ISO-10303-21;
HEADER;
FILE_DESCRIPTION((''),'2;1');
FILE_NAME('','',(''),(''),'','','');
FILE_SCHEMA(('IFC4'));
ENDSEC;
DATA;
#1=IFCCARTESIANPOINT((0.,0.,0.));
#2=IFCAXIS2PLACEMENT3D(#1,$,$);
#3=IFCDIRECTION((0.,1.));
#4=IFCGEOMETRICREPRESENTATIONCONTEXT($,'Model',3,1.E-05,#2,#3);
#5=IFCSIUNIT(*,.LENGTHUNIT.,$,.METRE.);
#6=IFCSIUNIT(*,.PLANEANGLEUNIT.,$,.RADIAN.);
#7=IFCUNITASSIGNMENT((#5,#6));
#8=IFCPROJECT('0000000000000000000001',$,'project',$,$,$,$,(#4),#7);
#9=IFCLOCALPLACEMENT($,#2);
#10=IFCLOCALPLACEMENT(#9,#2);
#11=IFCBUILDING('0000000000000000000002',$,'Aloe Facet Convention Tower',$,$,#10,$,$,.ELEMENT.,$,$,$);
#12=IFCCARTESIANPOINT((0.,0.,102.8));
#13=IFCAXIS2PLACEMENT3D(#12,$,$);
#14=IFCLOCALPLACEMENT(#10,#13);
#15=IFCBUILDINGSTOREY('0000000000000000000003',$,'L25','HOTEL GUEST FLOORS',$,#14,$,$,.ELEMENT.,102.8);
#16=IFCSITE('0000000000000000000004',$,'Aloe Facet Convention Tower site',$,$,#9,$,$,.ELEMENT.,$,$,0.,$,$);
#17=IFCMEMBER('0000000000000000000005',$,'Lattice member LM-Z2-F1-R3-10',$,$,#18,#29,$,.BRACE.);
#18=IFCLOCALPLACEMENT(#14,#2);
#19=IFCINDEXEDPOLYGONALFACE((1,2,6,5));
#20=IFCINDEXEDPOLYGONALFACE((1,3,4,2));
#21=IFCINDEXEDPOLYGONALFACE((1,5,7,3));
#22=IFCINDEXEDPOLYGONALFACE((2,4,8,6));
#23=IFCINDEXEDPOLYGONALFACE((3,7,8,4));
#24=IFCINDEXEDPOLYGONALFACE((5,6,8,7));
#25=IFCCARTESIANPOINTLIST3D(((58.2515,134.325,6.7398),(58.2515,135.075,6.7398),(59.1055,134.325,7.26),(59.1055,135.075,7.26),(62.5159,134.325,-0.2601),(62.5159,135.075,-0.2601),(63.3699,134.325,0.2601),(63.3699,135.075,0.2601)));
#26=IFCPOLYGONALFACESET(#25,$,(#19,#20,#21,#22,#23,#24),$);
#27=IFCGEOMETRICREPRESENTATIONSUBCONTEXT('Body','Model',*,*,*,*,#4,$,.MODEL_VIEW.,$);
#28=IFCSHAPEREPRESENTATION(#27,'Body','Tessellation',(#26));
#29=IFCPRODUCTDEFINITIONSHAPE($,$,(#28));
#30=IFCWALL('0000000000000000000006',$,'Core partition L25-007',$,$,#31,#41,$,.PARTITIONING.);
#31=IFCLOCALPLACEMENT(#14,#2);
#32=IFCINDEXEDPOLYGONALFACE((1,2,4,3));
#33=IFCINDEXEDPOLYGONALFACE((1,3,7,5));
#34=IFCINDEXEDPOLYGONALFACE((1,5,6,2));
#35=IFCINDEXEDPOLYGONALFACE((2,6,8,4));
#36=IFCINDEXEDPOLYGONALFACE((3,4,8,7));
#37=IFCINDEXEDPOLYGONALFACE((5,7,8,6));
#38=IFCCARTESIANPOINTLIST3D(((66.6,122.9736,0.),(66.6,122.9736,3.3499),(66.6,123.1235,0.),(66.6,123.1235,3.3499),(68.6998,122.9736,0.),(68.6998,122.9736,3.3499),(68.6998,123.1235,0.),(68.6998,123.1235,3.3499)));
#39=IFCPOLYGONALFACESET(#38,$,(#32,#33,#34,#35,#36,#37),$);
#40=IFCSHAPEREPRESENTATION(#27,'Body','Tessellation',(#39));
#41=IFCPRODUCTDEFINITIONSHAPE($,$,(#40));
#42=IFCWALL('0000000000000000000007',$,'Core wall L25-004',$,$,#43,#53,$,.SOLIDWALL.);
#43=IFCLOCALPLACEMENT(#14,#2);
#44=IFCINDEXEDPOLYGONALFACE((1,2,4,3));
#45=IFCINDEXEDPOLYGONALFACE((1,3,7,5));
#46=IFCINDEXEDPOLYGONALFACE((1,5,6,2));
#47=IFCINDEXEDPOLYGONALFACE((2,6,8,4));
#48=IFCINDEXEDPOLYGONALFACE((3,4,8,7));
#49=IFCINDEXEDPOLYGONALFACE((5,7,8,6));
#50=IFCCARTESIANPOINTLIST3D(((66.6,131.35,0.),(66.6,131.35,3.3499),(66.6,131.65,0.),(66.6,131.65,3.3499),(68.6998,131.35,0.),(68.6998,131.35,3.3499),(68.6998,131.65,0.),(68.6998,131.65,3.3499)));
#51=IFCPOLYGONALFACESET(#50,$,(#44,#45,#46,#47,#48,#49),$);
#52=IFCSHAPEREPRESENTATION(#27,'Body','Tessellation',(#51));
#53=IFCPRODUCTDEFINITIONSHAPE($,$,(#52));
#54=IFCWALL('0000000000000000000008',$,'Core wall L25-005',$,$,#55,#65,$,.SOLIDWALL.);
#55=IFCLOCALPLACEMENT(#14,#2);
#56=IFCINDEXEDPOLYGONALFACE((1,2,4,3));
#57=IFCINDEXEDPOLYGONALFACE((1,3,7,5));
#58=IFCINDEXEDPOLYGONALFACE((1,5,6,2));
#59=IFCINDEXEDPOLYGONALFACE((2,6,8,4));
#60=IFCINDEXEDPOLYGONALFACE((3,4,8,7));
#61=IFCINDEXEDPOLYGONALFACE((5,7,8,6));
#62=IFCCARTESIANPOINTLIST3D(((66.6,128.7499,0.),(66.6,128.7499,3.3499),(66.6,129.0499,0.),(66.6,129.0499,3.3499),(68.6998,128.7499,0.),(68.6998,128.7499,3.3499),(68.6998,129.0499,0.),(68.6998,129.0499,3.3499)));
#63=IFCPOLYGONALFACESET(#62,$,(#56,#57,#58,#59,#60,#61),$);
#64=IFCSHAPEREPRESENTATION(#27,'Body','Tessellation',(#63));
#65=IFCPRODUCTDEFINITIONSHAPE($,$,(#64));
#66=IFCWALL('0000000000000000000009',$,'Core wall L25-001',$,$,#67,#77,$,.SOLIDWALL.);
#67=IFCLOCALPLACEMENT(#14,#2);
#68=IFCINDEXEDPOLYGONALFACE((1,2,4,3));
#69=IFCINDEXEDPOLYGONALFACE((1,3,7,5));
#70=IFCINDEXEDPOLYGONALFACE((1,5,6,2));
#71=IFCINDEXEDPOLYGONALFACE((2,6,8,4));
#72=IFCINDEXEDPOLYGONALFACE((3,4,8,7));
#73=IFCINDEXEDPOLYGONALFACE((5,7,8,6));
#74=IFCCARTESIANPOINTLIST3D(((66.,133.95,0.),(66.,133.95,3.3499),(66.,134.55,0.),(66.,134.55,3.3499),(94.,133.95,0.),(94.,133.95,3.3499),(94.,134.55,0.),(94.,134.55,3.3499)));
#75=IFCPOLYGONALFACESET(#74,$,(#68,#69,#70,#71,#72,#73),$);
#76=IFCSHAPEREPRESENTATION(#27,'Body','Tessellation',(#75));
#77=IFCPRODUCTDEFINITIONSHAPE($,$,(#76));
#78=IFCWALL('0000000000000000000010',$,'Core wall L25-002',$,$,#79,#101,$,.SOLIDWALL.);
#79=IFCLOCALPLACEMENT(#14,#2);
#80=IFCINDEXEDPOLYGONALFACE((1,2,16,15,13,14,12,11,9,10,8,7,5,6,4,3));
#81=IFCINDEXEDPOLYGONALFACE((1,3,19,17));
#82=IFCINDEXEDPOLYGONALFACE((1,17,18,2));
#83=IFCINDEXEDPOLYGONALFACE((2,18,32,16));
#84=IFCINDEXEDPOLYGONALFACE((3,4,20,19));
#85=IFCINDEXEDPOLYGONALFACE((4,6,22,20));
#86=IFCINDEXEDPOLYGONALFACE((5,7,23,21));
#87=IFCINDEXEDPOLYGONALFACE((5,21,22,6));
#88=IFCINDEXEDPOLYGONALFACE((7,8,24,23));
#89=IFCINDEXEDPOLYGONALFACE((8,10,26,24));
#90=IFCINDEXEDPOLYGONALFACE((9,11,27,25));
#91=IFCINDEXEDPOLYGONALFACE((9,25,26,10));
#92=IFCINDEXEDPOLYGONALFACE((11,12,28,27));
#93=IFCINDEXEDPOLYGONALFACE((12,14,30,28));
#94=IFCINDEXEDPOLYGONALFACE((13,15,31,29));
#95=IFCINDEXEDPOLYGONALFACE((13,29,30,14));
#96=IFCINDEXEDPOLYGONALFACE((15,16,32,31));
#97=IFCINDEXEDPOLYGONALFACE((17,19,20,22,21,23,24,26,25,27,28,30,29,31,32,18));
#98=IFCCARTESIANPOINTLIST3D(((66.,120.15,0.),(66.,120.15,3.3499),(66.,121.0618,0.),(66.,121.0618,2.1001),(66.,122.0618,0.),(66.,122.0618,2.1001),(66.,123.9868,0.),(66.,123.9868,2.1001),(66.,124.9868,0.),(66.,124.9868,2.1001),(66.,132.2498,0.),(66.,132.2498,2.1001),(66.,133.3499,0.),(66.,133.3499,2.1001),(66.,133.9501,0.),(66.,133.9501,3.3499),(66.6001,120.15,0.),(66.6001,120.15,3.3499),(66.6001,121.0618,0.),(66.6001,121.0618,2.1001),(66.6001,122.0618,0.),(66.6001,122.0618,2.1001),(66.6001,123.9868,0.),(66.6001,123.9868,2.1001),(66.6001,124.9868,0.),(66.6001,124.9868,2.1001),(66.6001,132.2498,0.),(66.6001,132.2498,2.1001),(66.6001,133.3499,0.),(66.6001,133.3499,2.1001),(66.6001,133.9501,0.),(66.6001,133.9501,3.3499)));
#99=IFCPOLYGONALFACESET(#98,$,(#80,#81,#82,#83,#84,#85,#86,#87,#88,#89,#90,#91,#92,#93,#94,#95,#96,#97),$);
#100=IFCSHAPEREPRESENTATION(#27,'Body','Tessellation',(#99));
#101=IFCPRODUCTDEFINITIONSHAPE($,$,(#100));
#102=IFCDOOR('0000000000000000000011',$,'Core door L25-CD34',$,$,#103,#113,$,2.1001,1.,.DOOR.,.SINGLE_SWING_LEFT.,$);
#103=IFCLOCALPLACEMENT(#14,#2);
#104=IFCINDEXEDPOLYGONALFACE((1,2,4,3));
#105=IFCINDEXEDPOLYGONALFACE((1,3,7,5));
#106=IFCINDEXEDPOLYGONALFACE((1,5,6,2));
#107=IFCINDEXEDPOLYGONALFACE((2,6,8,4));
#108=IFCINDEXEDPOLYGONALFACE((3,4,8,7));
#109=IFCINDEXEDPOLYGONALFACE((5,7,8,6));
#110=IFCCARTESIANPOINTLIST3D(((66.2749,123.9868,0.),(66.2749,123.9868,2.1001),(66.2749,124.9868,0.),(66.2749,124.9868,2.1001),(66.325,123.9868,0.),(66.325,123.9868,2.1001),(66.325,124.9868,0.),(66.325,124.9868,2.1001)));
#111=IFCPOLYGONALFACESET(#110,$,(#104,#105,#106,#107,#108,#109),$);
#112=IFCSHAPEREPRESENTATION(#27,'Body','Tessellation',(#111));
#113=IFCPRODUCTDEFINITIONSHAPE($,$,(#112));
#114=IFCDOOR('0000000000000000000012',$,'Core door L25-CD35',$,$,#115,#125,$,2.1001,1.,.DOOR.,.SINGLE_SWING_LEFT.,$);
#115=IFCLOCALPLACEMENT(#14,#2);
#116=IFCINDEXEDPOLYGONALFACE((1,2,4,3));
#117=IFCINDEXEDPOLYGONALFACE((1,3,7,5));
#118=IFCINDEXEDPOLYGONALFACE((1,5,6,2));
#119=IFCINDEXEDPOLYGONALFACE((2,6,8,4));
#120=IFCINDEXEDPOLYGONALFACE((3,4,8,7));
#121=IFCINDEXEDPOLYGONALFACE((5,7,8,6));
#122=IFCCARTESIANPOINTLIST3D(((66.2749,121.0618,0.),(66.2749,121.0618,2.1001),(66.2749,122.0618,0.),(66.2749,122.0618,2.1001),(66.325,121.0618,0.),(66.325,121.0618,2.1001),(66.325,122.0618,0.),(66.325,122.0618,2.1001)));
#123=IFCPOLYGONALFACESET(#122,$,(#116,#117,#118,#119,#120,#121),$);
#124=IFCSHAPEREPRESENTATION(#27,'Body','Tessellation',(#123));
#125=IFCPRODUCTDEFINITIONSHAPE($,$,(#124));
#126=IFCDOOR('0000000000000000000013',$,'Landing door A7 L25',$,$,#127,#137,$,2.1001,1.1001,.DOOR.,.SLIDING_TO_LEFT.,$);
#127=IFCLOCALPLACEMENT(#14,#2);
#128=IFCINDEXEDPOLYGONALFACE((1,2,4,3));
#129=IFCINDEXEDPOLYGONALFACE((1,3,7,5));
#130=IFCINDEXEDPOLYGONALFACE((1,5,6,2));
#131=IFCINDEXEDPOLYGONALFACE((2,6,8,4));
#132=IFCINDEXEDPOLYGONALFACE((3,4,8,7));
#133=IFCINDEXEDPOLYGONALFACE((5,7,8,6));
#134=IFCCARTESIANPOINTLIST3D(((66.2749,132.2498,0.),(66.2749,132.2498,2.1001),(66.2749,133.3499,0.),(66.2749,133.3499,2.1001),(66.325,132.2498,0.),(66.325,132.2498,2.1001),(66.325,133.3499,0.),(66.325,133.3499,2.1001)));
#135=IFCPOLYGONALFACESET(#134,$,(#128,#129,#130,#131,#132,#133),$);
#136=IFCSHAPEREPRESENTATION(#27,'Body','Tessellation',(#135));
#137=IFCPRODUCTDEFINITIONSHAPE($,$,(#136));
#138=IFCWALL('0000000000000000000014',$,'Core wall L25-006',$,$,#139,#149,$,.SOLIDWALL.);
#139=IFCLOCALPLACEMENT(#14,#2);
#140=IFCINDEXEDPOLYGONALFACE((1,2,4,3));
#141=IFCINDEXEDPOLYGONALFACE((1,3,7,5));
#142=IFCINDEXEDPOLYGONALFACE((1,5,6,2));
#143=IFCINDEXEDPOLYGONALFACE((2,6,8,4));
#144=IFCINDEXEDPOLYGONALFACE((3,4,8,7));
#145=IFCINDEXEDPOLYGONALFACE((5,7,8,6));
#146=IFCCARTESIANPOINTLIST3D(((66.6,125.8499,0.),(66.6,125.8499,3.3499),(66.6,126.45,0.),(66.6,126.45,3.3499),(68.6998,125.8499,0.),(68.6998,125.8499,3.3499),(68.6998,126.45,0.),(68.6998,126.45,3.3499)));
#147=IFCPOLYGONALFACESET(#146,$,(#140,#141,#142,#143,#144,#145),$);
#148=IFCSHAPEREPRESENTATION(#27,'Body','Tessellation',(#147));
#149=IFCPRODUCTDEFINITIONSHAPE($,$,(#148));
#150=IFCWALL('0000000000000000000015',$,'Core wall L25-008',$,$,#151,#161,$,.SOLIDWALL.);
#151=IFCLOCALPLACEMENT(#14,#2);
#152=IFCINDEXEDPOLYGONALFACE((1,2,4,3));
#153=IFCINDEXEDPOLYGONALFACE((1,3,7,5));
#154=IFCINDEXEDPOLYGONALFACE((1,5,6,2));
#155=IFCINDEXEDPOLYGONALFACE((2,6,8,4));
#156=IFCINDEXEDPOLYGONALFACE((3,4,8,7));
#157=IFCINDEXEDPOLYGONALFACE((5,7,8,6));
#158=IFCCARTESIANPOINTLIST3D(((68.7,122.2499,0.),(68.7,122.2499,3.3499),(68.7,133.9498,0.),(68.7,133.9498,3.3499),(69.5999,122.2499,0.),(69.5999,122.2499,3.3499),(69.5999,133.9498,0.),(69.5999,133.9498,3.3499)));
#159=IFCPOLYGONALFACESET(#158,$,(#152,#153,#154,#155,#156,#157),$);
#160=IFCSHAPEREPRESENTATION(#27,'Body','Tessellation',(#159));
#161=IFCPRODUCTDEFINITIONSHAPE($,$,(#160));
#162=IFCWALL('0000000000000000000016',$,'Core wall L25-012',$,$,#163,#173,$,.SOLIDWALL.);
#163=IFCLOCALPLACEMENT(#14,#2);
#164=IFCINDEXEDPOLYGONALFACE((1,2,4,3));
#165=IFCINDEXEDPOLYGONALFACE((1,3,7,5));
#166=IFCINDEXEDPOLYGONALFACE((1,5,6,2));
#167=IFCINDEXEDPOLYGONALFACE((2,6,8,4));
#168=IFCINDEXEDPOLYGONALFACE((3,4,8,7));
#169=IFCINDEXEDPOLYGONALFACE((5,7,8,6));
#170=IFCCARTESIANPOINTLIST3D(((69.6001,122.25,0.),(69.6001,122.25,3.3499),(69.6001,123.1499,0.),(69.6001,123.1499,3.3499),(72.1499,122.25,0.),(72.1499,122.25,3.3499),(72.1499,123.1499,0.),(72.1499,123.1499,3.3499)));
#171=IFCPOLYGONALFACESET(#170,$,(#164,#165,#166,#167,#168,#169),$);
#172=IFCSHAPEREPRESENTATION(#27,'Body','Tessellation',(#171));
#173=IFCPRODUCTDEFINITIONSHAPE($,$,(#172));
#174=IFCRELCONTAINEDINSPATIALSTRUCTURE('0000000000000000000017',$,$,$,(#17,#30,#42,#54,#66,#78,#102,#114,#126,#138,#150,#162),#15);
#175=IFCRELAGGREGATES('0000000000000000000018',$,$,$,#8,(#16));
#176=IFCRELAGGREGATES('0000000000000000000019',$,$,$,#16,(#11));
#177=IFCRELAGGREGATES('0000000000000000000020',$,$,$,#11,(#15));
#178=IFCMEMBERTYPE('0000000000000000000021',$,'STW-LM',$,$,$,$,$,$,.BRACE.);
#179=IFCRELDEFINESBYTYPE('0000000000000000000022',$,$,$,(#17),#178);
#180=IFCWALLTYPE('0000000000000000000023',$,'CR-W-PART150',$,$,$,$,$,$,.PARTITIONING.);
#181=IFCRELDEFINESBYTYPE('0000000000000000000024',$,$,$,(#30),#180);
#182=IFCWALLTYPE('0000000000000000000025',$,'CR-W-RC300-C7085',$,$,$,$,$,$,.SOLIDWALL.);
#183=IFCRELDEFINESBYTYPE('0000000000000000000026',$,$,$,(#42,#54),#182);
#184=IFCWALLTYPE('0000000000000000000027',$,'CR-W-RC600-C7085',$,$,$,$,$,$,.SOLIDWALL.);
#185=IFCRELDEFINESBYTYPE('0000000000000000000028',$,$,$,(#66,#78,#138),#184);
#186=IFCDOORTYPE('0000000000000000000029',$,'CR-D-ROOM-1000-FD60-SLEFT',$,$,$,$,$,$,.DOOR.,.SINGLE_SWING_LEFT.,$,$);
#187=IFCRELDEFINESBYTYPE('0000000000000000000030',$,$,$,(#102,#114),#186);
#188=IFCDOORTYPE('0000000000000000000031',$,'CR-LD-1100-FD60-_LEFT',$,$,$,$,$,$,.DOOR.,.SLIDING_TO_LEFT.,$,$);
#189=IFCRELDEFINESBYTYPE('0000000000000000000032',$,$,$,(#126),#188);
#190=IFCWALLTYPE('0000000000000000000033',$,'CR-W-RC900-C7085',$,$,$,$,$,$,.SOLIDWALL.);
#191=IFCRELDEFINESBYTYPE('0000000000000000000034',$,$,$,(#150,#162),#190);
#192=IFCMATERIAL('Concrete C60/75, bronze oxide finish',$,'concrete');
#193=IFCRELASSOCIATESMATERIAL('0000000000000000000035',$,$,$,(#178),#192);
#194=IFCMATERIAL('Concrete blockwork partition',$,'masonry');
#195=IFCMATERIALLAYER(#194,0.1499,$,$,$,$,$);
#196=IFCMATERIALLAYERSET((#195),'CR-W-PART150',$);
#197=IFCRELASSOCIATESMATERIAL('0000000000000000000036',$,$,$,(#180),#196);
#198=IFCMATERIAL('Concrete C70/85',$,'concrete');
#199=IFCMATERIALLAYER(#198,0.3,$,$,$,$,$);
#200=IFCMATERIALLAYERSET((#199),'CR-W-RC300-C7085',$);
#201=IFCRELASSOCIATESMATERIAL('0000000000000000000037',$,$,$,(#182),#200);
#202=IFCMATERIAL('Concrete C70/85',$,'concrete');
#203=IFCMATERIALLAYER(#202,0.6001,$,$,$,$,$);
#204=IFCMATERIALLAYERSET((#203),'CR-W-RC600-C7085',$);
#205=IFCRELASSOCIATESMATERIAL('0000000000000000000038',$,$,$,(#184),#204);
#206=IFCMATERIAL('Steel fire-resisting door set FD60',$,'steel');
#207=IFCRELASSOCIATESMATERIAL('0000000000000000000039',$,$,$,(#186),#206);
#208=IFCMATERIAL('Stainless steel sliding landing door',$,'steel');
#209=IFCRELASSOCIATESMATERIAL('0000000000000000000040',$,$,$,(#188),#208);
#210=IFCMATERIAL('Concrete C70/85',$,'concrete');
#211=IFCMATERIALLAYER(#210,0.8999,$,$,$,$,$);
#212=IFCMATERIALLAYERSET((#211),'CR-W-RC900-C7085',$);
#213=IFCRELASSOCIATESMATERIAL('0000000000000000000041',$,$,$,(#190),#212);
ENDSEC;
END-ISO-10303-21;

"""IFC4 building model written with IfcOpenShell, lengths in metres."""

from ifc_helpers import new_model, si_unit, direction, frame, frame_2d, origin, origin_2d, place, context, subcontext, project, spatial, rectangle, extrude, material, layer, layer_set, material_profile, profile_set, type_object, element, fill, save


model = new_model("IFC4")

# Units and contexts
model_context = context("Model", 3, precision=1e-05, world=origin(), true_north=direction((0.0, 1.0)))
body_context = subcontext(model_context, "Body", "Model", "MODEL_VIEW")
ifc_project = project(units=[si_unit("LENGTHUNIT", "METRE"), si_unit("PLANEANGLEUNIT", "RADIAN")], contexts=[model_context])

# Site, building, storey
site_placement = place(None, origin())
site = spatial("IfcSite", under=ifc_project, at=site_placement, Name="Aloe Facet Convention Tower site", CompositionType="ELEMENT", RefElevation=0.0)
building_placement = place(site_placement, origin())
building = spatial("IfcBuilding", under=site, at=building_placement, Name="Aloe Facet Convention Tower", CompositionType="ELEMENT")
storey_placement = place(building_placement, frame((0.0, 0.0, 102.8)))
storey = spatial("IfcBuildingStorey", under=building, at=storey_placement, Name="L25", Description="HOTEL GUEST FLOORS", CompositionType="ELEMENT", Elevation=102.8)

# Member
ifc_material_1 = material(Name="Concrete C60/75, bronze oxide finish", Category="concrete")
ifc_material_profile = material_profile(ifc_material_1, rectangle(XDim=0.75, YDim=1.0, at=origin_2d()), Name="STW-LM")
ifc_profile_set = profile_set([ifc_material_profile], Name="Concrete C60/75, bronze oxide finish")
member_type = type_object("IfcMemberType", Name="STW-LM", PredefinedType="BRACE", material=ifc_profile_set)
member_placement = place(storey_placement, frame((62.9429, 134.7, 0.0), z_axis=(-0.520262, 0.0, 0.854007), x_axis=(0.0, -1.0, 0.0)))
element("IfcMember", 1, at=member_placement, inside=storey, type_object=member_type, Name="Lattice member LM-Z2-F1-R3-10", PredefinedType="BRACE", context=body_context, shape_type="SweptSolid", body=[
    extrude(rectangle(XDim=0.75, YDim=1.0, at=origin_2d()), origin(), (0.0, 0.0, 1.0), 8.1965),
])

# Walls
ifc_material_2 = material(Name="Concrete blockwork partition", Category="masonry")
ifc_layer_1 = layer(ifc_material_2, 0.1499)
ifc_layer_set_1 = layer_set([ifc_layer_1], Name="CR-W-PART150")
wall_type_1 = type_object("IfcWallType", Name="CR-W-PART150", PredefinedType="PARTITIONING", material=ifc_layer_set_1)
wall_1_placement = place(storey_placement, frame((66.6001, 123.0486, 0.0), z_axis=(0.0, 0.0, 1.0), x_axis=(1.0, 0.0, 0.0)))
element("IfcWall", 2, at=wall_1_placement, inside=storey, type_object=wall_type_1, Name="Core partition L25-007", PredefinedType="PARTITIONING", context=body_context, shape_type="SweptSolid", body=[
    extrude(rectangle(XDim=2.0999, YDim=0.1499, at=frame_2d((1.0498, 0.0))), origin(), (0.0, 0.0, 1.0), 3.3499),
])
ifc_material_3 = material(Name="Concrete C70/85", Category="concrete")
ifc_layer_2 = layer(ifc_material_3, 0.3)
ifc_layer_set_2 = layer_set([ifc_layer_2], Name="CR-W-RC300-C7085")
wall_type_2 = type_object("IfcWallType", Name="CR-W-RC300-C7085", PredefinedType="SOLIDWALL", material=ifc_layer_set_2)
for number, where, z_axis, x_axis, name in (
    (3, (66.6001, 131.5, 0.0), (0.0, 0.0, 1.0), (1.0, 0.0, 0.0), "Core wall L25-004"),
    (4, (66.6001, 128.8999, 0.0), (0.0, 0.0, 1.0), (1.0, 0.0, 0.0), "Core wall L25-005"),
):
    element("IfcWall", number, at=place(storey_placement, frame(where, z_axis=z_axis, x_axis=x_axis)), inside=storey, type_object=wall_type_2, Name=name, PredefinedType="SOLIDWALL", context=body_context, shape_type="SweptSolid", body=[
        extrude(rectangle(XDim=2.0999, YDim=0.3, at=frame_2d((1.0498, 0.0))), origin(), (0.0, 0.0, 1.0), 3.3499),
    ])
ifc_material_4 = material(Name="Concrete C70/85", Category="concrete")
ifc_layer_3 = layer(ifc_material_4, 0.6001)
ifc_layer_set_3 = layer_set([ifc_layer_3], Name="CR-W-RC600-C7085")
wall_type_3 = type_object("IfcWallType", Name="CR-W-RC600-C7085", PredefinedType="SOLIDWALL", material=ifc_layer_set_3)
wall_2_placement = place(storey_placement, frame((66.0, 134.25, 0.0), z_axis=(0.0, 0.0, 1.0), x_axis=(1.0, 0.0, 0.0)))
element("IfcWall", 5, at=wall_2_placement, inside=storey, type_object=wall_type_3, Name="Core wall L25-001", PredefinedType="SOLIDWALL", context=body_context, shape_type="SweptSolid", body=[
    extrude(rectangle(XDim=28.0, YDim=0.6001, at=frame_2d((14.0, 0.0))), origin(), (0.0, 0.0, 1.0), 3.3499),
])

# Wall, openings, doors
wall_3_placement = place(storey_placement, frame((66.3, 133.95, 0.0), z_axis=(0.0, 0.0, 1.0), x_axis=(0.0, -1.0, 0.0)))
wall_3 = element("IfcWall", 6, at=wall_3_placement, inside=storey, type_object=wall_type_3, Name="Core wall L25-002", PredefinedType="SOLIDWALL", context=body_context, shape_type="SweptSolid", body=[
    extrude(rectangle(XDim=13.8, YDim=0.6001, at=frame_2d((6.8999, 0.0))), origin(), (0.0, 0.0, 1.0), 3.3499),
])
opening_1_placement = place(wall_3_placement, frame((0.6001, 0.0, 0.0)))
opening_1 = element("IfcOpeningElement", 7, at=opening_1_placement, cuts=wall_3, PredefinedType="OPENING", context=body_context, shape_type="SweptSolid", body=[
    extrude(rectangle(XDim=1.1001, YDim=2.1001, at=frame_2d((0.55, 1.05))), frame((0.0, 0.3101, 0.0), z_axis=(0.0, -1.0, 0.0), x_axis=(1.0, 0.0, 0.0)), (0.0, 0.0, 1.0), 0.6201),
])
opening_2_placement = place(wall_3_placement, frame((8.9631, 0.0, 0.0)))
opening_2 = element("IfcOpeningElement", 8, at=opening_2_placement, cuts=wall_3, PredefinedType="OPENING", context=body_context, shape_type="SweptSolid", body=[
    extrude(rectangle(XDim=1.0, YDim=2.1001, at=frame_2d((0.5, 1.05))), frame((0.0, 0.3101, 0.0), z_axis=(0.0, -1.0, 0.0), x_axis=(1.0, 0.0, 0.0)), (0.0, 0.0, 1.0), 0.6201),
])
opening_3_placement = place(wall_3_placement, frame((11.8882, 0.0, 0.0)))
opening_3 = element("IfcOpeningElement", 9, at=opening_3_placement, cuts=wall_3, PredefinedType="OPENING", context=body_context, shape_type="SweptSolid", body=[
    extrude(rectangle(XDim=1.0, YDim=2.1001, at=frame_2d((0.5, 1.05))), frame((0.0, 0.3101, 0.0), z_axis=(0.0, -1.0, 0.0), x_axis=(1.0, 0.0, 0.0)), (0.0, 0.0, 1.0), 0.6201),
])
ifc_material_5 = material(Name="Steel fire-resisting door set FD60", Category="steel")
door_type_1 = type_object("IfcDoorType", Name="CR-D-ROOM-1000-FD60-SLEFT", OperationType="SINGLE_SWING_LEFT", PredefinedType="DOOR", material=ifc_material_5)
door_1_placement = place(opening_2_placement, origin())
door_1 = element("IfcDoor", 10, at=door_1_placement, inside=storey, type_object=door_type_1, Name="Core door L25-CD34", OperationType="SINGLE_SWING_LEFT", OverallHeight=2.1001, OverallWidth=1.0, PredefinedType="DOOR", context=body_context, shape_type="SweptSolid", body=[
    extrude(rectangle(XDim=1.0, YDim=2.1001, at=frame_2d((0.5, 1.05))), frame((0.0, 0.0249, 0.0), z_axis=(0.0, -1.0, 0.0), x_axis=(1.0, 0.0, 0.0)), (0.0, 0.0, 1.0), 0.05),
])
fill(opening_2, door_1)
door_2_placement = place(opening_3_placement, origin())
door_2 = element("IfcDoor", 11, at=door_2_placement, inside=storey, type_object=door_type_1, Name="Core door L25-CD35", OperationType="SINGLE_SWING_LEFT", OverallHeight=2.1001, OverallWidth=1.0, PredefinedType="DOOR", context=body_context, shape_type="SweptSolid", body=[
    extrude(rectangle(XDim=1.0, YDim=2.1001, at=frame_2d((0.5, 1.05))), frame((0.0, 0.0249, 0.0), z_axis=(0.0, -1.0, 0.0), x_axis=(1.0, 0.0, 0.0)), (0.0, 0.0, 1.0), 0.05),
])
fill(opening_3, door_2)
ifc_material_6 = material(Name="Stainless steel sliding landing door", Category="steel")
door_type_2 = type_object("IfcDoorType", Name="CR-LD-1100-FD60-_LEFT", OperationType="SLIDING_TO_LEFT", PredefinedType="DOOR", material=ifc_material_6)
door_3_placement = place(opening_1_placement, origin())
door_3 = element("IfcDoor", 12, at=door_3_placement, inside=storey, type_object=door_type_2, Name="Landing door A7 L25", OperationType="SLIDING_TO_LEFT", OverallHeight=2.1001, OverallWidth=1.1001, PredefinedType="DOOR", context=body_context, shape_type="SweptSolid", body=[
    extrude(rectangle(XDim=1.1001, YDim=2.1001, at=frame_2d((0.55, 1.05))), frame((0.0, 0.0249, 0.0), z_axis=(0.0, -1.0, 0.0), x_axis=(1.0, 0.0, 0.0)), (0.0, 0.0, 1.0), 0.05),
])
fill(opening_1, door_3)

# Walls
wall_4_placement = place(storey_placement, frame((66.6001, 126.1499, 0.0), z_axis=(0.0, 0.0, 1.0), x_axis=(1.0, 0.0, 0.0)))
element("IfcWall", 13, at=wall_4_placement, inside=storey, type_object=wall_type_3, Name="Core wall L25-006", PredefinedType="SOLIDWALL", context=body_context, shape_type="SweptSolid", body=[
    extrude(rectangle(XDim=2.0999, YDim=0.6001, at=frame_2d((1.0498, 0.0))), origin(), (0.0, 0.0, 1.0), 3.3499),
])
ifc_material_7 = material(Name="Concrete C70/85", Category="concrete")
ifc_layer_4 = layer(ifc_material_7, 0.8999)
ifc_layer_set_4 = layer_set([ifc_layer_4], Name="CR-W-RC900-C7085")
wall_type_4 = type_object("IfcWallType", Name="CR-W-RC900-C7085", PredefinedType="SOLIDWALL", material=ifc_layer_set_4)
wall_5_placement = place(storey_placement, frame((69.1499, 133.95, 0.0), z_axis=(0.0, 0.0, 1.0), x_axis=(0.0, -1.0, 0.0)))
element("IfcWall", 14, at=wall_5_placement, inside=storey, type_object=wall_type_4, Name="Core wall L25-008", PredefinedType="SOLIDWALL", context=body_context, shape_type="SweptSolid", body=[
    extrude(rectangle(XDim=11.7, YDim=0.8999, at=frame_2d((5.8501, 0.0))), origin(), (0.0, 0.0, 1.0), 3.3499),
])
wall_6_placement = place(storey_placement, frame((69.6001, 122.7, 0.0), z_axis=(0.0, 0.0, 1.0), x_axis=(1.0, 0.0, 0.0)))
element("IfcWall", 15, at=wall_6_placement, inside=storey, type_object=wall_type_4, Name="Core wall L25-012", PredefinedType="SOLIDWALL", context=body_context, shape_type="SweptSolid", body=[
    extrude(rectangle(XDim=2.5498, YDim=0.8999, at=frame_2d((1.2749, 0.0))), origin(), (0.0, 0.0, 1.0), 3.3499),
])

save(model, "model.ifc")
